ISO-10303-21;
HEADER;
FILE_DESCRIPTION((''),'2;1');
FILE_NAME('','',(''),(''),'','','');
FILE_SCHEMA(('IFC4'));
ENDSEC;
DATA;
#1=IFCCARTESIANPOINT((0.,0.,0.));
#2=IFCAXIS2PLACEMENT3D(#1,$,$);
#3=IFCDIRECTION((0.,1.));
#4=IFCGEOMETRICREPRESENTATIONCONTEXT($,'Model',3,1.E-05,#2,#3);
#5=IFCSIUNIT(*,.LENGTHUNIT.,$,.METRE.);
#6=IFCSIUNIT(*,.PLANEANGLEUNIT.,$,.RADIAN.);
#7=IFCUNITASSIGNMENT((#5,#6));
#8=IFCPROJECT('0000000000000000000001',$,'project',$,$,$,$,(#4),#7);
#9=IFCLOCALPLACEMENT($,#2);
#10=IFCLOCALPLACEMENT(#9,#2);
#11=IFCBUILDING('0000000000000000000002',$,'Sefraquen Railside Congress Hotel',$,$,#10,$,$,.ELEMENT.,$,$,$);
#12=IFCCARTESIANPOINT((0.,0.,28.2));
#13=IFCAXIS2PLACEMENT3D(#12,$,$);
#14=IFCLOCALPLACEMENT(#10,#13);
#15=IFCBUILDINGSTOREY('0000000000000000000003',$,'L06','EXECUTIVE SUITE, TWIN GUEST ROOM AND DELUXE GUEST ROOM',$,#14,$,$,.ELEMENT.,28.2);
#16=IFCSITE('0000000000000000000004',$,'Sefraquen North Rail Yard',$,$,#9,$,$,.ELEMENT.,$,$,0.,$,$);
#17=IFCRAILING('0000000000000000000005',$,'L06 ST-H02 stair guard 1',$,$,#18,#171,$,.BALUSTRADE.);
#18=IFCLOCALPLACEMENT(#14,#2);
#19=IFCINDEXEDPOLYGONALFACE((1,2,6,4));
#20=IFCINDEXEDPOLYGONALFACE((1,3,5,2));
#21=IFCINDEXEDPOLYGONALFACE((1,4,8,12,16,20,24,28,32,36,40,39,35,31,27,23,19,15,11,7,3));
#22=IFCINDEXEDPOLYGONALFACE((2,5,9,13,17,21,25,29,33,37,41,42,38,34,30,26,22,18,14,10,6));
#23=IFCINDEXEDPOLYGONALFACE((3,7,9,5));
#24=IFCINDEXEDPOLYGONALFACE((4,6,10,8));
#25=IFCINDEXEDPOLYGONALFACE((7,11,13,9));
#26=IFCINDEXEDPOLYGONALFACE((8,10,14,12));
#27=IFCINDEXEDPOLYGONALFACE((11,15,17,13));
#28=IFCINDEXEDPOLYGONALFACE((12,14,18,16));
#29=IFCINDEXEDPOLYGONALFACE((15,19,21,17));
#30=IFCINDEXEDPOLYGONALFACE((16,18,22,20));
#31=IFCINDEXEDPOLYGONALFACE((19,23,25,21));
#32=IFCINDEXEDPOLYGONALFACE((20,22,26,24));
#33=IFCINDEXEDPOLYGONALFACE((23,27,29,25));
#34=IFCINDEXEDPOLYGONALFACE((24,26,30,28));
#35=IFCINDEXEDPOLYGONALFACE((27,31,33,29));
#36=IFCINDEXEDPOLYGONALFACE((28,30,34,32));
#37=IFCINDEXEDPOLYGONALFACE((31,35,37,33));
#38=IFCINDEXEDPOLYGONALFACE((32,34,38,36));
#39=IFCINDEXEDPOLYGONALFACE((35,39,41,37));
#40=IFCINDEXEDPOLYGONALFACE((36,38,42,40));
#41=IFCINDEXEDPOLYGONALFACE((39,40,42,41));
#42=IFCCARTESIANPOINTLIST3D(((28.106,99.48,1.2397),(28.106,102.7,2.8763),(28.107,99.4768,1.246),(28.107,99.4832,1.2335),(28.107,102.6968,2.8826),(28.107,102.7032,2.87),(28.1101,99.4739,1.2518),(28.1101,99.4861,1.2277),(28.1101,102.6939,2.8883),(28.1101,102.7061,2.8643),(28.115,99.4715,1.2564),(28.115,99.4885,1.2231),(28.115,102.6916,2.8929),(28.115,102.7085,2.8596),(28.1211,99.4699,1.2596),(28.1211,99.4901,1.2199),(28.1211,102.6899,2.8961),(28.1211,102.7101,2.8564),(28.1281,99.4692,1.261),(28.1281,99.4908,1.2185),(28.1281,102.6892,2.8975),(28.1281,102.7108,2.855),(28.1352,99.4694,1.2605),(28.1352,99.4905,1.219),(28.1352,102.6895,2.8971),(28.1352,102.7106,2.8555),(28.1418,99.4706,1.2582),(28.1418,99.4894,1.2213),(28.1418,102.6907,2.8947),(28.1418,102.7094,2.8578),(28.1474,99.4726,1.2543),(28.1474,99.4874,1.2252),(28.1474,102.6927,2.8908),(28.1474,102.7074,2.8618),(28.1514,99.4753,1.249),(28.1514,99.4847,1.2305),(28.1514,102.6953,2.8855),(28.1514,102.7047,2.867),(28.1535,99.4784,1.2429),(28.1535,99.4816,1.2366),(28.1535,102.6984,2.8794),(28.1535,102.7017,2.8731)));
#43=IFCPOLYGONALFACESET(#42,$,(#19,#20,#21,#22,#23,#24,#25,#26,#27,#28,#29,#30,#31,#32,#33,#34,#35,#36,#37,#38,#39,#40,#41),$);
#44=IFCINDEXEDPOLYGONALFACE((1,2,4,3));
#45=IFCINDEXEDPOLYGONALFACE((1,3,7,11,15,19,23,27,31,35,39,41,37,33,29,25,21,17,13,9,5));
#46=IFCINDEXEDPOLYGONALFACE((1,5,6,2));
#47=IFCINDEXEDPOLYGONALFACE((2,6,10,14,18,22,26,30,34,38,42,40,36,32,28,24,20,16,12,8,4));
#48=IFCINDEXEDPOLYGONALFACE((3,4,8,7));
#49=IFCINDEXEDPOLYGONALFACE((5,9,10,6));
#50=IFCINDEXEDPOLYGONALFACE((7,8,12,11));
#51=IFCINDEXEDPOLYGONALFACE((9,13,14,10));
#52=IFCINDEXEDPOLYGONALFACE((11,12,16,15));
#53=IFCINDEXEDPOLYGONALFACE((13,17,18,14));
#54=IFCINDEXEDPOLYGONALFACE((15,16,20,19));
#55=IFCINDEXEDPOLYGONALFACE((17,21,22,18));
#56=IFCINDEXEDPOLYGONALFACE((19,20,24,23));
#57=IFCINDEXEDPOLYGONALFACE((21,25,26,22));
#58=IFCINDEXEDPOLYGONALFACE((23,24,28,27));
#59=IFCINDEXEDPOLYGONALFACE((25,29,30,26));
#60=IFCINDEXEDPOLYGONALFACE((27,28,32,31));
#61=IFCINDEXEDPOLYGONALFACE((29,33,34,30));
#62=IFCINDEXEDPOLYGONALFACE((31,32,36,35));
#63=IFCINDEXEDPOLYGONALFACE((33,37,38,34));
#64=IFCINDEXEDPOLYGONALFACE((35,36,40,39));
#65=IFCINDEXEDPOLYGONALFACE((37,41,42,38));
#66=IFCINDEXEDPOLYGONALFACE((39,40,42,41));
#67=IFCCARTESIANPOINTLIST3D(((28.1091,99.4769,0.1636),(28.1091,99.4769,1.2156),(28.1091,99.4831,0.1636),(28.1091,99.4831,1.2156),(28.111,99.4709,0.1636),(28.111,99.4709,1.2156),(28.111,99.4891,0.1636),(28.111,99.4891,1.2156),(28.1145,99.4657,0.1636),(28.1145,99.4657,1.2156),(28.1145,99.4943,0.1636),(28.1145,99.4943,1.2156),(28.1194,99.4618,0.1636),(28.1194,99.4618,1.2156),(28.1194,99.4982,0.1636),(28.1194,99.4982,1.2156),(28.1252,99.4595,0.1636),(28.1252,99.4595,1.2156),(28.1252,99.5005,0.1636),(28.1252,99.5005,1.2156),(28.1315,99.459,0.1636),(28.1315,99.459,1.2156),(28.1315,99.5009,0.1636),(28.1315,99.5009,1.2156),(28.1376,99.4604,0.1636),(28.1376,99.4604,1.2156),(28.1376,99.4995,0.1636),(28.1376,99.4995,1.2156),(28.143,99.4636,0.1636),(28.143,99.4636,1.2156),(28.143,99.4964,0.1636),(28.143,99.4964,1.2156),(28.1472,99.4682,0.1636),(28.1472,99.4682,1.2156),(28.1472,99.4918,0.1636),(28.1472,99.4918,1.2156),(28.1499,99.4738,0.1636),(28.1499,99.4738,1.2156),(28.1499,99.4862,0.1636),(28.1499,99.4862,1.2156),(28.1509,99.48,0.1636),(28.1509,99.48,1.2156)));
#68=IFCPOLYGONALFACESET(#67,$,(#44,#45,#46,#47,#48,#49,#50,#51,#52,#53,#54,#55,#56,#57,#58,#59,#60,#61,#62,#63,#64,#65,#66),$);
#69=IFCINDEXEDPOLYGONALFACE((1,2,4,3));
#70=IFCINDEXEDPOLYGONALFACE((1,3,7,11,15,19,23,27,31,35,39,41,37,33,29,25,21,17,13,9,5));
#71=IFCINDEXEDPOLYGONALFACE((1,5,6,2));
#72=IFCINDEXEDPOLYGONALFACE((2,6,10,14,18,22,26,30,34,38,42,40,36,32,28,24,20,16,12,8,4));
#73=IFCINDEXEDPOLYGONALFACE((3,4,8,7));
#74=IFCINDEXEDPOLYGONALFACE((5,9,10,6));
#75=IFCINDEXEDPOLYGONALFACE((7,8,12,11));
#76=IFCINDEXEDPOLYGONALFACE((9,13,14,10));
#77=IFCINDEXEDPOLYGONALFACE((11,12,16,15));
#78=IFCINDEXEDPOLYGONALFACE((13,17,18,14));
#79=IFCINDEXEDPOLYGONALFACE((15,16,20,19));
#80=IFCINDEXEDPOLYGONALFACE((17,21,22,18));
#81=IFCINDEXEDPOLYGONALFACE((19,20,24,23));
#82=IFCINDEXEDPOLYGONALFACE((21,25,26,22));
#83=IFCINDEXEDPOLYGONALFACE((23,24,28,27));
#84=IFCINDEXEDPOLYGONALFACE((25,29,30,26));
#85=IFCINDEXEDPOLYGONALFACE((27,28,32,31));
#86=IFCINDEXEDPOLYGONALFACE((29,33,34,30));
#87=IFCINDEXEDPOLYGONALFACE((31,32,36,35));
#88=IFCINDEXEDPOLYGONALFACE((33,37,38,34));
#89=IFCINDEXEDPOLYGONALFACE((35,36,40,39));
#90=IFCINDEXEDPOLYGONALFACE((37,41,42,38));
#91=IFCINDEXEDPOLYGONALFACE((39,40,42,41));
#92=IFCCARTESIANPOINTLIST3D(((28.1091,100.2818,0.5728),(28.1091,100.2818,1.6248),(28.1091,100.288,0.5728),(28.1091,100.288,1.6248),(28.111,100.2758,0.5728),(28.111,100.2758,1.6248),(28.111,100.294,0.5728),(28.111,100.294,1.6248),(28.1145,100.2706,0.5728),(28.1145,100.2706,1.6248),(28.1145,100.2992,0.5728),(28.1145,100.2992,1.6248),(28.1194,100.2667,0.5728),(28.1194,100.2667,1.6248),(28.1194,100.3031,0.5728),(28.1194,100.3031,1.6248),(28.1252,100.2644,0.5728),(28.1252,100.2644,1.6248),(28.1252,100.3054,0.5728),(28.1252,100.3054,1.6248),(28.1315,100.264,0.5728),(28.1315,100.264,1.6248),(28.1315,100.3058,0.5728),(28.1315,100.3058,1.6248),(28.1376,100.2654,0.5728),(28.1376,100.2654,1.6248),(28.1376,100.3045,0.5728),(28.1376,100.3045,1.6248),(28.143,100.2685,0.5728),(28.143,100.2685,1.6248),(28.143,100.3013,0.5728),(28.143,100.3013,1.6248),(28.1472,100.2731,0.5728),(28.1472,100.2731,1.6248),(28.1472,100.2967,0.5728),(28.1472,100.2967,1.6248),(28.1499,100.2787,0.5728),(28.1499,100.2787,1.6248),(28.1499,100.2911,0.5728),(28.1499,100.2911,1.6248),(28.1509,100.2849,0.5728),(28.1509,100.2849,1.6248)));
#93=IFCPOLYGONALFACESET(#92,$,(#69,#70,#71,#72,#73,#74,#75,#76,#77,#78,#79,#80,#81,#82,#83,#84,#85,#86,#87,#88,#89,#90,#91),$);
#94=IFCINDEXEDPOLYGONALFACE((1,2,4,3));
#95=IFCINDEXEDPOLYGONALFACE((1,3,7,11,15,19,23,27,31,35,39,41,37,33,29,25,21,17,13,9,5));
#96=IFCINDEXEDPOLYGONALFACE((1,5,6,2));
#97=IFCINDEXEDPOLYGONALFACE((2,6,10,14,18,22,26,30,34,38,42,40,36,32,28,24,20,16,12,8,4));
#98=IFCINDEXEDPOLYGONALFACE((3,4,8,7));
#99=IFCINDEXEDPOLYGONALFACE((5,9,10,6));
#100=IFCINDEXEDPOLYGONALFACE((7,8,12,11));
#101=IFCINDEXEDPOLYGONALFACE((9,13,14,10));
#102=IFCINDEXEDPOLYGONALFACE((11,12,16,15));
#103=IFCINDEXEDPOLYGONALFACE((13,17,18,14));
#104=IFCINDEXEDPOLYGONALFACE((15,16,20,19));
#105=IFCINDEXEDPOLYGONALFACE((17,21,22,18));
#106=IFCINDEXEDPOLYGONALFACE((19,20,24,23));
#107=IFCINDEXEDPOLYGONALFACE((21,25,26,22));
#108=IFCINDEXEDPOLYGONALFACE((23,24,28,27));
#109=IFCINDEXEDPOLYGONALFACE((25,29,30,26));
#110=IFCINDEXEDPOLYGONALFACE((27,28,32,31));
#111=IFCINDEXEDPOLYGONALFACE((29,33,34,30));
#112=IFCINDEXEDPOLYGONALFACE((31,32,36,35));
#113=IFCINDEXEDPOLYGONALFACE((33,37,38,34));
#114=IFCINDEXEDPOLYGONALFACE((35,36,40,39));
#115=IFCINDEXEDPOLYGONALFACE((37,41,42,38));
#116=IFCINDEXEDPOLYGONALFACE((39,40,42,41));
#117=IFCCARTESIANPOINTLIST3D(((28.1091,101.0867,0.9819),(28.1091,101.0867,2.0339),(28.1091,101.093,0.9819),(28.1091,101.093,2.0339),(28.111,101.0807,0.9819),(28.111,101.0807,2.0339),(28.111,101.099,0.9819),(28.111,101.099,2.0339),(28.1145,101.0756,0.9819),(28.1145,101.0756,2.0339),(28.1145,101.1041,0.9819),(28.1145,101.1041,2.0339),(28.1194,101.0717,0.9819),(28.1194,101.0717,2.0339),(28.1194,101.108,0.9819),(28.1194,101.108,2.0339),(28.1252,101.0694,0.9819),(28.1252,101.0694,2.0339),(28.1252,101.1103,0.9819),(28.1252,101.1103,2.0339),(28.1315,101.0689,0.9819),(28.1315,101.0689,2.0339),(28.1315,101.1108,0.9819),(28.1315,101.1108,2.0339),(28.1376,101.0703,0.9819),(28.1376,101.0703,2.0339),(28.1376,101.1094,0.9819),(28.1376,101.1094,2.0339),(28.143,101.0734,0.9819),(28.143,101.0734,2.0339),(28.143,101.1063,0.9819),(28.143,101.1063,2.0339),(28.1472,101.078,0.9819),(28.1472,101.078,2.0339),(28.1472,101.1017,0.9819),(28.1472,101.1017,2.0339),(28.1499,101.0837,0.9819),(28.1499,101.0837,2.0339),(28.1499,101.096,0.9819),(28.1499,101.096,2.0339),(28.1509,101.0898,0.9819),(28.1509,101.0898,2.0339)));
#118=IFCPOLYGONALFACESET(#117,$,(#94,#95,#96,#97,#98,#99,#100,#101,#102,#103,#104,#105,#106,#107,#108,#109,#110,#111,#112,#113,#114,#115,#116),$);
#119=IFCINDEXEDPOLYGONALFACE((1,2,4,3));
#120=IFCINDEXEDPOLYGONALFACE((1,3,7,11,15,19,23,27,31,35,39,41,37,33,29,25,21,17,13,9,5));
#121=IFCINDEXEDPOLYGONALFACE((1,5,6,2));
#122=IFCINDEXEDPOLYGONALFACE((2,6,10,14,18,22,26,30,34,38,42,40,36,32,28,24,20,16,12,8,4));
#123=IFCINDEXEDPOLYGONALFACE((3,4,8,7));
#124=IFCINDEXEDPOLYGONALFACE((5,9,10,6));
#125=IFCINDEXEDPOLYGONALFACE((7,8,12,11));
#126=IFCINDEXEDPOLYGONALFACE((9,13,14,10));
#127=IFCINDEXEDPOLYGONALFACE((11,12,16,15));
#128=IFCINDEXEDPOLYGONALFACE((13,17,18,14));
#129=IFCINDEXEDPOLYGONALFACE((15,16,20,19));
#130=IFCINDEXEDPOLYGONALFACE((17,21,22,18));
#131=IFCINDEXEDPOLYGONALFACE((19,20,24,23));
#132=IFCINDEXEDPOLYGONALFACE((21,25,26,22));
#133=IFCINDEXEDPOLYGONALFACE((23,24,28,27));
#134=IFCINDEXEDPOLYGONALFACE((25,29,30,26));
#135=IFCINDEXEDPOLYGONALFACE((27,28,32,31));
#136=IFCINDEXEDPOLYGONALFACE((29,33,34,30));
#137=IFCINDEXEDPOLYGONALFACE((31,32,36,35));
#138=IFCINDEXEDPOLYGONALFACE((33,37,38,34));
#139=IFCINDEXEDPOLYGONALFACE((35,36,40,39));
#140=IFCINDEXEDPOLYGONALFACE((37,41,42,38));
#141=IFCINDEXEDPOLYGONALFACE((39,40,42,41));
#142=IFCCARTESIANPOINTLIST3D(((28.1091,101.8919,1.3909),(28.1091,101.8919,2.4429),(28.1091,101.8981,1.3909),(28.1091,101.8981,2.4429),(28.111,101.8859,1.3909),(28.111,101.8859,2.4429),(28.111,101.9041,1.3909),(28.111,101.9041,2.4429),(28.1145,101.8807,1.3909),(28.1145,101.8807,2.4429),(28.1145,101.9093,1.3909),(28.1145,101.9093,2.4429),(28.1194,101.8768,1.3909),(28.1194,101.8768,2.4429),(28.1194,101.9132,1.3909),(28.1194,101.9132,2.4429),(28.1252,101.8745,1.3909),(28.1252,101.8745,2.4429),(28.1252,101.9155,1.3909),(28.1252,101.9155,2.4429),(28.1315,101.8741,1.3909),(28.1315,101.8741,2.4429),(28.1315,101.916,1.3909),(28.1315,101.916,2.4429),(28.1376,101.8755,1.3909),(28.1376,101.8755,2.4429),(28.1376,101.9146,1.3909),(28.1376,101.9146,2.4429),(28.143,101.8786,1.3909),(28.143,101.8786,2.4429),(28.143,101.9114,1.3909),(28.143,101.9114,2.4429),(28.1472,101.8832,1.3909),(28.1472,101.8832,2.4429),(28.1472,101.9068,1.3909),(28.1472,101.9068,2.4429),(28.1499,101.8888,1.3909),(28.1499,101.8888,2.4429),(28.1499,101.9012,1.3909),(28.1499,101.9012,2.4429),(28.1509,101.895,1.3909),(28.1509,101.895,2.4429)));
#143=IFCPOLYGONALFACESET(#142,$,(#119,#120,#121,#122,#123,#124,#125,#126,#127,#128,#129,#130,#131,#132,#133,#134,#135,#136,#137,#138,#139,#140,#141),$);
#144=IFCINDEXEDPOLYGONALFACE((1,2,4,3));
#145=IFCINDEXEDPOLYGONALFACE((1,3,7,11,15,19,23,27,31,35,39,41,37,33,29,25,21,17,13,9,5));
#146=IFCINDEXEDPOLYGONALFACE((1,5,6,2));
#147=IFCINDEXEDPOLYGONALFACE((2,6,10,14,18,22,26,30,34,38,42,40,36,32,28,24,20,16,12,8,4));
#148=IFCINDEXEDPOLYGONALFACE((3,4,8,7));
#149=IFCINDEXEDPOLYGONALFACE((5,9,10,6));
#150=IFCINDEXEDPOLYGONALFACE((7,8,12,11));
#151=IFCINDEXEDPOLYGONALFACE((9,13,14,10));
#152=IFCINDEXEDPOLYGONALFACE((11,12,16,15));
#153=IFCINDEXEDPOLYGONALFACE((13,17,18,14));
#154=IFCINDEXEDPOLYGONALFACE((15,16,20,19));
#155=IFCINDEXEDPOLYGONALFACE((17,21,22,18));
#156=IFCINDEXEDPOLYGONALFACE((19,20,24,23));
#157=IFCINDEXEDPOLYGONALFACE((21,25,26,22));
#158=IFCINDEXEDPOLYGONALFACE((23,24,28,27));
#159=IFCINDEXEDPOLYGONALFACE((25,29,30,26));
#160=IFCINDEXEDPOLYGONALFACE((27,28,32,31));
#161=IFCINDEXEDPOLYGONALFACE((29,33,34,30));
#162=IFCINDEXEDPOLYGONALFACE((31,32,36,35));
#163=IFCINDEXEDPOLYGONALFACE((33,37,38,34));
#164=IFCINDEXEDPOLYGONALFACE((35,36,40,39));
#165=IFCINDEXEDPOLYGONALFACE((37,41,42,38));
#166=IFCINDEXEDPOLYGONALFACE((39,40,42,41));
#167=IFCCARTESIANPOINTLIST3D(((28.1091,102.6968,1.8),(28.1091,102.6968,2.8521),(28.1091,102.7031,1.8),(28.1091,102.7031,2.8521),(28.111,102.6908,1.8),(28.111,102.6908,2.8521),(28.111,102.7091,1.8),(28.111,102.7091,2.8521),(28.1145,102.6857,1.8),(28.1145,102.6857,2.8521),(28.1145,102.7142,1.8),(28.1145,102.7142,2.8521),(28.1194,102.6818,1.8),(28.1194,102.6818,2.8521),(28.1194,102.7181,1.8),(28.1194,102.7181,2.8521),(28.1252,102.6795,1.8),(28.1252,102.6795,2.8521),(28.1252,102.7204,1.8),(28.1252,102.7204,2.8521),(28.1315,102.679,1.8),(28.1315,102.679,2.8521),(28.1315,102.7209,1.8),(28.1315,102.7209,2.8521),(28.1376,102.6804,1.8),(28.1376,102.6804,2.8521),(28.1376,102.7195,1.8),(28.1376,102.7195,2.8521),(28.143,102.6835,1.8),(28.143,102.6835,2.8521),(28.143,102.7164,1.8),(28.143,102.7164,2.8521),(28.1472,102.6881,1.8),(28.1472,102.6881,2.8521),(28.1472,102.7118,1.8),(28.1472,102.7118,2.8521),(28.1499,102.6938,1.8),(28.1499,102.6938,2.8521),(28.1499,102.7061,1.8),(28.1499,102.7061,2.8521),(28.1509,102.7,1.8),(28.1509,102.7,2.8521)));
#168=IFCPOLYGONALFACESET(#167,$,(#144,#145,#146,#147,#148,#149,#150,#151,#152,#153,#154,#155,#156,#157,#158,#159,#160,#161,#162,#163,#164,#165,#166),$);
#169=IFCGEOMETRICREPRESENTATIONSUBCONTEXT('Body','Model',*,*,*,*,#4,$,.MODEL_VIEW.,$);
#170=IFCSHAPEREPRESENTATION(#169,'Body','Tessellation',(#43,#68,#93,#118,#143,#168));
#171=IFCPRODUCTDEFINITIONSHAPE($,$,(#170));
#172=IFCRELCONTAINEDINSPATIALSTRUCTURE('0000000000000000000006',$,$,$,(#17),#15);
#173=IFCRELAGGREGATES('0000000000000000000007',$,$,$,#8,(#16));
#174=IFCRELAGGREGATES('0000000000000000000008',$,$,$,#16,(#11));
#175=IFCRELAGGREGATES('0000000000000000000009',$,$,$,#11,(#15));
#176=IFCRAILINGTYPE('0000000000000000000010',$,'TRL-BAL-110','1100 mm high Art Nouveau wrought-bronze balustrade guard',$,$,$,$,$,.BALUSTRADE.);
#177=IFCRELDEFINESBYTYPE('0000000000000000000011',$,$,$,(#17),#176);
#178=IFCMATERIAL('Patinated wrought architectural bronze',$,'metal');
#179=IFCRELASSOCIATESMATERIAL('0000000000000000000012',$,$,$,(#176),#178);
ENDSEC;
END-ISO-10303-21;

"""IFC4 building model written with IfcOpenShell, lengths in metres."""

from ifc_helpers import new_model, si_unit, direction, frame, origin, origin_2d, place, context, subcontext, project, spatial, circle, extrude, material, type_object, element, save


model = new_model("IFC4")

# Units and contexts
model_context = context("Model", 3, precision=1e-05, world=origin(), true_north=direction((0.0, 1.0)))
body_context = subcontext(model_context, "Body", "Model", "MODEL_VIEW")
ifc_project = project(units=[si_unit("LENGTHUNIT", "METRE"), si_unit("PLANEANGLEUNIT", "RADIAN")], contexts=[model_context])

# Site, building, storey
site_placement = place(None, origin())
site = spatial("IfcSite", under=ifc_project, at=site_placement, Name="Sefraquen North Rail Yard", CompositionType="ELEMENT", RefElevation=0.0)
building_placement = place(site_placement, origin())
building = spatial("IfcBuilding", under=site, at=building_placement, Name="Sefraquen Railside Congress Hotel", CompositionType="ELEMENT")
storey_placement = place(building_placement, frame((0.0, 0.0, 28.2)))
storey = spatial("IfcBuildingStorey", under=building, at=storey_placement, Name="L06", Description="EXECUTIVE SUITE, TWIN GUEST ROOM AND DELUXE GUEST ROOM", CompositionType="ELEMENT", Elevation=28.2)

# Railing
ifc_material_1 = material(Name="Patinated wrought architectural bronze", Category="metal")
railing_type_1 = type_object("IfcRailingType", Name="TRL-BAL-110", Description="1100 mm high Art Nouveau wrought-bronze balustrade guard", PredefinedType="BALUSTRADE", material=ifc_material_1)
railing_1_placement = place(storey_placement, frame((28.1299, 99.48, 0.1636)))
element("IfcRailing", 1, at=railing_1_placement, inside=storey, type_object=railing_type_1, Name="L06 ST-H02 stair guard 1", PredefinedType="BALUSTRADE", context=body_context, shape_type="SweptSolid", body=[
    extrude(circle(Radius=0.0239, at=origin_2d()), frame((0.0, 0.0, 1.0762), z_axis=(0.0, 0.891474, 0.453071), x_axis=(-1.0, 0.0, 0.0)), (0.0, 0.0, 1.0), 3.6121),
    extrude(circle(Radius=0.021, at=origin_2d()), origin(), (0.0, 0.0, 1.0), 1.052),
    extrude(circle(Radius=0.021, at=origin_2d()), frame((0.0, 0.8049, 0.4092)), (0.0, 0.0, 1.0), 1.052),
    extrude(circle(Radius=0.021, at=origin_2d()), frame((0.0, 1.6099, 0.8184)), (0.0, 0.0, 1.0), 1.052),
    extrude(circle(Radius=0.021, at=origin_2d()), frame((0.0, 2.415, 1.2273)), (0.0, 0.0, 1.0), 1.052),
    extrude(circle(Radius=0.021, at=origin_2d()), frame((0.0, 3.22, 1.6365)), (0.0, 0.0, 1.0), 1.052),
])

save(model, "model.ifc")
